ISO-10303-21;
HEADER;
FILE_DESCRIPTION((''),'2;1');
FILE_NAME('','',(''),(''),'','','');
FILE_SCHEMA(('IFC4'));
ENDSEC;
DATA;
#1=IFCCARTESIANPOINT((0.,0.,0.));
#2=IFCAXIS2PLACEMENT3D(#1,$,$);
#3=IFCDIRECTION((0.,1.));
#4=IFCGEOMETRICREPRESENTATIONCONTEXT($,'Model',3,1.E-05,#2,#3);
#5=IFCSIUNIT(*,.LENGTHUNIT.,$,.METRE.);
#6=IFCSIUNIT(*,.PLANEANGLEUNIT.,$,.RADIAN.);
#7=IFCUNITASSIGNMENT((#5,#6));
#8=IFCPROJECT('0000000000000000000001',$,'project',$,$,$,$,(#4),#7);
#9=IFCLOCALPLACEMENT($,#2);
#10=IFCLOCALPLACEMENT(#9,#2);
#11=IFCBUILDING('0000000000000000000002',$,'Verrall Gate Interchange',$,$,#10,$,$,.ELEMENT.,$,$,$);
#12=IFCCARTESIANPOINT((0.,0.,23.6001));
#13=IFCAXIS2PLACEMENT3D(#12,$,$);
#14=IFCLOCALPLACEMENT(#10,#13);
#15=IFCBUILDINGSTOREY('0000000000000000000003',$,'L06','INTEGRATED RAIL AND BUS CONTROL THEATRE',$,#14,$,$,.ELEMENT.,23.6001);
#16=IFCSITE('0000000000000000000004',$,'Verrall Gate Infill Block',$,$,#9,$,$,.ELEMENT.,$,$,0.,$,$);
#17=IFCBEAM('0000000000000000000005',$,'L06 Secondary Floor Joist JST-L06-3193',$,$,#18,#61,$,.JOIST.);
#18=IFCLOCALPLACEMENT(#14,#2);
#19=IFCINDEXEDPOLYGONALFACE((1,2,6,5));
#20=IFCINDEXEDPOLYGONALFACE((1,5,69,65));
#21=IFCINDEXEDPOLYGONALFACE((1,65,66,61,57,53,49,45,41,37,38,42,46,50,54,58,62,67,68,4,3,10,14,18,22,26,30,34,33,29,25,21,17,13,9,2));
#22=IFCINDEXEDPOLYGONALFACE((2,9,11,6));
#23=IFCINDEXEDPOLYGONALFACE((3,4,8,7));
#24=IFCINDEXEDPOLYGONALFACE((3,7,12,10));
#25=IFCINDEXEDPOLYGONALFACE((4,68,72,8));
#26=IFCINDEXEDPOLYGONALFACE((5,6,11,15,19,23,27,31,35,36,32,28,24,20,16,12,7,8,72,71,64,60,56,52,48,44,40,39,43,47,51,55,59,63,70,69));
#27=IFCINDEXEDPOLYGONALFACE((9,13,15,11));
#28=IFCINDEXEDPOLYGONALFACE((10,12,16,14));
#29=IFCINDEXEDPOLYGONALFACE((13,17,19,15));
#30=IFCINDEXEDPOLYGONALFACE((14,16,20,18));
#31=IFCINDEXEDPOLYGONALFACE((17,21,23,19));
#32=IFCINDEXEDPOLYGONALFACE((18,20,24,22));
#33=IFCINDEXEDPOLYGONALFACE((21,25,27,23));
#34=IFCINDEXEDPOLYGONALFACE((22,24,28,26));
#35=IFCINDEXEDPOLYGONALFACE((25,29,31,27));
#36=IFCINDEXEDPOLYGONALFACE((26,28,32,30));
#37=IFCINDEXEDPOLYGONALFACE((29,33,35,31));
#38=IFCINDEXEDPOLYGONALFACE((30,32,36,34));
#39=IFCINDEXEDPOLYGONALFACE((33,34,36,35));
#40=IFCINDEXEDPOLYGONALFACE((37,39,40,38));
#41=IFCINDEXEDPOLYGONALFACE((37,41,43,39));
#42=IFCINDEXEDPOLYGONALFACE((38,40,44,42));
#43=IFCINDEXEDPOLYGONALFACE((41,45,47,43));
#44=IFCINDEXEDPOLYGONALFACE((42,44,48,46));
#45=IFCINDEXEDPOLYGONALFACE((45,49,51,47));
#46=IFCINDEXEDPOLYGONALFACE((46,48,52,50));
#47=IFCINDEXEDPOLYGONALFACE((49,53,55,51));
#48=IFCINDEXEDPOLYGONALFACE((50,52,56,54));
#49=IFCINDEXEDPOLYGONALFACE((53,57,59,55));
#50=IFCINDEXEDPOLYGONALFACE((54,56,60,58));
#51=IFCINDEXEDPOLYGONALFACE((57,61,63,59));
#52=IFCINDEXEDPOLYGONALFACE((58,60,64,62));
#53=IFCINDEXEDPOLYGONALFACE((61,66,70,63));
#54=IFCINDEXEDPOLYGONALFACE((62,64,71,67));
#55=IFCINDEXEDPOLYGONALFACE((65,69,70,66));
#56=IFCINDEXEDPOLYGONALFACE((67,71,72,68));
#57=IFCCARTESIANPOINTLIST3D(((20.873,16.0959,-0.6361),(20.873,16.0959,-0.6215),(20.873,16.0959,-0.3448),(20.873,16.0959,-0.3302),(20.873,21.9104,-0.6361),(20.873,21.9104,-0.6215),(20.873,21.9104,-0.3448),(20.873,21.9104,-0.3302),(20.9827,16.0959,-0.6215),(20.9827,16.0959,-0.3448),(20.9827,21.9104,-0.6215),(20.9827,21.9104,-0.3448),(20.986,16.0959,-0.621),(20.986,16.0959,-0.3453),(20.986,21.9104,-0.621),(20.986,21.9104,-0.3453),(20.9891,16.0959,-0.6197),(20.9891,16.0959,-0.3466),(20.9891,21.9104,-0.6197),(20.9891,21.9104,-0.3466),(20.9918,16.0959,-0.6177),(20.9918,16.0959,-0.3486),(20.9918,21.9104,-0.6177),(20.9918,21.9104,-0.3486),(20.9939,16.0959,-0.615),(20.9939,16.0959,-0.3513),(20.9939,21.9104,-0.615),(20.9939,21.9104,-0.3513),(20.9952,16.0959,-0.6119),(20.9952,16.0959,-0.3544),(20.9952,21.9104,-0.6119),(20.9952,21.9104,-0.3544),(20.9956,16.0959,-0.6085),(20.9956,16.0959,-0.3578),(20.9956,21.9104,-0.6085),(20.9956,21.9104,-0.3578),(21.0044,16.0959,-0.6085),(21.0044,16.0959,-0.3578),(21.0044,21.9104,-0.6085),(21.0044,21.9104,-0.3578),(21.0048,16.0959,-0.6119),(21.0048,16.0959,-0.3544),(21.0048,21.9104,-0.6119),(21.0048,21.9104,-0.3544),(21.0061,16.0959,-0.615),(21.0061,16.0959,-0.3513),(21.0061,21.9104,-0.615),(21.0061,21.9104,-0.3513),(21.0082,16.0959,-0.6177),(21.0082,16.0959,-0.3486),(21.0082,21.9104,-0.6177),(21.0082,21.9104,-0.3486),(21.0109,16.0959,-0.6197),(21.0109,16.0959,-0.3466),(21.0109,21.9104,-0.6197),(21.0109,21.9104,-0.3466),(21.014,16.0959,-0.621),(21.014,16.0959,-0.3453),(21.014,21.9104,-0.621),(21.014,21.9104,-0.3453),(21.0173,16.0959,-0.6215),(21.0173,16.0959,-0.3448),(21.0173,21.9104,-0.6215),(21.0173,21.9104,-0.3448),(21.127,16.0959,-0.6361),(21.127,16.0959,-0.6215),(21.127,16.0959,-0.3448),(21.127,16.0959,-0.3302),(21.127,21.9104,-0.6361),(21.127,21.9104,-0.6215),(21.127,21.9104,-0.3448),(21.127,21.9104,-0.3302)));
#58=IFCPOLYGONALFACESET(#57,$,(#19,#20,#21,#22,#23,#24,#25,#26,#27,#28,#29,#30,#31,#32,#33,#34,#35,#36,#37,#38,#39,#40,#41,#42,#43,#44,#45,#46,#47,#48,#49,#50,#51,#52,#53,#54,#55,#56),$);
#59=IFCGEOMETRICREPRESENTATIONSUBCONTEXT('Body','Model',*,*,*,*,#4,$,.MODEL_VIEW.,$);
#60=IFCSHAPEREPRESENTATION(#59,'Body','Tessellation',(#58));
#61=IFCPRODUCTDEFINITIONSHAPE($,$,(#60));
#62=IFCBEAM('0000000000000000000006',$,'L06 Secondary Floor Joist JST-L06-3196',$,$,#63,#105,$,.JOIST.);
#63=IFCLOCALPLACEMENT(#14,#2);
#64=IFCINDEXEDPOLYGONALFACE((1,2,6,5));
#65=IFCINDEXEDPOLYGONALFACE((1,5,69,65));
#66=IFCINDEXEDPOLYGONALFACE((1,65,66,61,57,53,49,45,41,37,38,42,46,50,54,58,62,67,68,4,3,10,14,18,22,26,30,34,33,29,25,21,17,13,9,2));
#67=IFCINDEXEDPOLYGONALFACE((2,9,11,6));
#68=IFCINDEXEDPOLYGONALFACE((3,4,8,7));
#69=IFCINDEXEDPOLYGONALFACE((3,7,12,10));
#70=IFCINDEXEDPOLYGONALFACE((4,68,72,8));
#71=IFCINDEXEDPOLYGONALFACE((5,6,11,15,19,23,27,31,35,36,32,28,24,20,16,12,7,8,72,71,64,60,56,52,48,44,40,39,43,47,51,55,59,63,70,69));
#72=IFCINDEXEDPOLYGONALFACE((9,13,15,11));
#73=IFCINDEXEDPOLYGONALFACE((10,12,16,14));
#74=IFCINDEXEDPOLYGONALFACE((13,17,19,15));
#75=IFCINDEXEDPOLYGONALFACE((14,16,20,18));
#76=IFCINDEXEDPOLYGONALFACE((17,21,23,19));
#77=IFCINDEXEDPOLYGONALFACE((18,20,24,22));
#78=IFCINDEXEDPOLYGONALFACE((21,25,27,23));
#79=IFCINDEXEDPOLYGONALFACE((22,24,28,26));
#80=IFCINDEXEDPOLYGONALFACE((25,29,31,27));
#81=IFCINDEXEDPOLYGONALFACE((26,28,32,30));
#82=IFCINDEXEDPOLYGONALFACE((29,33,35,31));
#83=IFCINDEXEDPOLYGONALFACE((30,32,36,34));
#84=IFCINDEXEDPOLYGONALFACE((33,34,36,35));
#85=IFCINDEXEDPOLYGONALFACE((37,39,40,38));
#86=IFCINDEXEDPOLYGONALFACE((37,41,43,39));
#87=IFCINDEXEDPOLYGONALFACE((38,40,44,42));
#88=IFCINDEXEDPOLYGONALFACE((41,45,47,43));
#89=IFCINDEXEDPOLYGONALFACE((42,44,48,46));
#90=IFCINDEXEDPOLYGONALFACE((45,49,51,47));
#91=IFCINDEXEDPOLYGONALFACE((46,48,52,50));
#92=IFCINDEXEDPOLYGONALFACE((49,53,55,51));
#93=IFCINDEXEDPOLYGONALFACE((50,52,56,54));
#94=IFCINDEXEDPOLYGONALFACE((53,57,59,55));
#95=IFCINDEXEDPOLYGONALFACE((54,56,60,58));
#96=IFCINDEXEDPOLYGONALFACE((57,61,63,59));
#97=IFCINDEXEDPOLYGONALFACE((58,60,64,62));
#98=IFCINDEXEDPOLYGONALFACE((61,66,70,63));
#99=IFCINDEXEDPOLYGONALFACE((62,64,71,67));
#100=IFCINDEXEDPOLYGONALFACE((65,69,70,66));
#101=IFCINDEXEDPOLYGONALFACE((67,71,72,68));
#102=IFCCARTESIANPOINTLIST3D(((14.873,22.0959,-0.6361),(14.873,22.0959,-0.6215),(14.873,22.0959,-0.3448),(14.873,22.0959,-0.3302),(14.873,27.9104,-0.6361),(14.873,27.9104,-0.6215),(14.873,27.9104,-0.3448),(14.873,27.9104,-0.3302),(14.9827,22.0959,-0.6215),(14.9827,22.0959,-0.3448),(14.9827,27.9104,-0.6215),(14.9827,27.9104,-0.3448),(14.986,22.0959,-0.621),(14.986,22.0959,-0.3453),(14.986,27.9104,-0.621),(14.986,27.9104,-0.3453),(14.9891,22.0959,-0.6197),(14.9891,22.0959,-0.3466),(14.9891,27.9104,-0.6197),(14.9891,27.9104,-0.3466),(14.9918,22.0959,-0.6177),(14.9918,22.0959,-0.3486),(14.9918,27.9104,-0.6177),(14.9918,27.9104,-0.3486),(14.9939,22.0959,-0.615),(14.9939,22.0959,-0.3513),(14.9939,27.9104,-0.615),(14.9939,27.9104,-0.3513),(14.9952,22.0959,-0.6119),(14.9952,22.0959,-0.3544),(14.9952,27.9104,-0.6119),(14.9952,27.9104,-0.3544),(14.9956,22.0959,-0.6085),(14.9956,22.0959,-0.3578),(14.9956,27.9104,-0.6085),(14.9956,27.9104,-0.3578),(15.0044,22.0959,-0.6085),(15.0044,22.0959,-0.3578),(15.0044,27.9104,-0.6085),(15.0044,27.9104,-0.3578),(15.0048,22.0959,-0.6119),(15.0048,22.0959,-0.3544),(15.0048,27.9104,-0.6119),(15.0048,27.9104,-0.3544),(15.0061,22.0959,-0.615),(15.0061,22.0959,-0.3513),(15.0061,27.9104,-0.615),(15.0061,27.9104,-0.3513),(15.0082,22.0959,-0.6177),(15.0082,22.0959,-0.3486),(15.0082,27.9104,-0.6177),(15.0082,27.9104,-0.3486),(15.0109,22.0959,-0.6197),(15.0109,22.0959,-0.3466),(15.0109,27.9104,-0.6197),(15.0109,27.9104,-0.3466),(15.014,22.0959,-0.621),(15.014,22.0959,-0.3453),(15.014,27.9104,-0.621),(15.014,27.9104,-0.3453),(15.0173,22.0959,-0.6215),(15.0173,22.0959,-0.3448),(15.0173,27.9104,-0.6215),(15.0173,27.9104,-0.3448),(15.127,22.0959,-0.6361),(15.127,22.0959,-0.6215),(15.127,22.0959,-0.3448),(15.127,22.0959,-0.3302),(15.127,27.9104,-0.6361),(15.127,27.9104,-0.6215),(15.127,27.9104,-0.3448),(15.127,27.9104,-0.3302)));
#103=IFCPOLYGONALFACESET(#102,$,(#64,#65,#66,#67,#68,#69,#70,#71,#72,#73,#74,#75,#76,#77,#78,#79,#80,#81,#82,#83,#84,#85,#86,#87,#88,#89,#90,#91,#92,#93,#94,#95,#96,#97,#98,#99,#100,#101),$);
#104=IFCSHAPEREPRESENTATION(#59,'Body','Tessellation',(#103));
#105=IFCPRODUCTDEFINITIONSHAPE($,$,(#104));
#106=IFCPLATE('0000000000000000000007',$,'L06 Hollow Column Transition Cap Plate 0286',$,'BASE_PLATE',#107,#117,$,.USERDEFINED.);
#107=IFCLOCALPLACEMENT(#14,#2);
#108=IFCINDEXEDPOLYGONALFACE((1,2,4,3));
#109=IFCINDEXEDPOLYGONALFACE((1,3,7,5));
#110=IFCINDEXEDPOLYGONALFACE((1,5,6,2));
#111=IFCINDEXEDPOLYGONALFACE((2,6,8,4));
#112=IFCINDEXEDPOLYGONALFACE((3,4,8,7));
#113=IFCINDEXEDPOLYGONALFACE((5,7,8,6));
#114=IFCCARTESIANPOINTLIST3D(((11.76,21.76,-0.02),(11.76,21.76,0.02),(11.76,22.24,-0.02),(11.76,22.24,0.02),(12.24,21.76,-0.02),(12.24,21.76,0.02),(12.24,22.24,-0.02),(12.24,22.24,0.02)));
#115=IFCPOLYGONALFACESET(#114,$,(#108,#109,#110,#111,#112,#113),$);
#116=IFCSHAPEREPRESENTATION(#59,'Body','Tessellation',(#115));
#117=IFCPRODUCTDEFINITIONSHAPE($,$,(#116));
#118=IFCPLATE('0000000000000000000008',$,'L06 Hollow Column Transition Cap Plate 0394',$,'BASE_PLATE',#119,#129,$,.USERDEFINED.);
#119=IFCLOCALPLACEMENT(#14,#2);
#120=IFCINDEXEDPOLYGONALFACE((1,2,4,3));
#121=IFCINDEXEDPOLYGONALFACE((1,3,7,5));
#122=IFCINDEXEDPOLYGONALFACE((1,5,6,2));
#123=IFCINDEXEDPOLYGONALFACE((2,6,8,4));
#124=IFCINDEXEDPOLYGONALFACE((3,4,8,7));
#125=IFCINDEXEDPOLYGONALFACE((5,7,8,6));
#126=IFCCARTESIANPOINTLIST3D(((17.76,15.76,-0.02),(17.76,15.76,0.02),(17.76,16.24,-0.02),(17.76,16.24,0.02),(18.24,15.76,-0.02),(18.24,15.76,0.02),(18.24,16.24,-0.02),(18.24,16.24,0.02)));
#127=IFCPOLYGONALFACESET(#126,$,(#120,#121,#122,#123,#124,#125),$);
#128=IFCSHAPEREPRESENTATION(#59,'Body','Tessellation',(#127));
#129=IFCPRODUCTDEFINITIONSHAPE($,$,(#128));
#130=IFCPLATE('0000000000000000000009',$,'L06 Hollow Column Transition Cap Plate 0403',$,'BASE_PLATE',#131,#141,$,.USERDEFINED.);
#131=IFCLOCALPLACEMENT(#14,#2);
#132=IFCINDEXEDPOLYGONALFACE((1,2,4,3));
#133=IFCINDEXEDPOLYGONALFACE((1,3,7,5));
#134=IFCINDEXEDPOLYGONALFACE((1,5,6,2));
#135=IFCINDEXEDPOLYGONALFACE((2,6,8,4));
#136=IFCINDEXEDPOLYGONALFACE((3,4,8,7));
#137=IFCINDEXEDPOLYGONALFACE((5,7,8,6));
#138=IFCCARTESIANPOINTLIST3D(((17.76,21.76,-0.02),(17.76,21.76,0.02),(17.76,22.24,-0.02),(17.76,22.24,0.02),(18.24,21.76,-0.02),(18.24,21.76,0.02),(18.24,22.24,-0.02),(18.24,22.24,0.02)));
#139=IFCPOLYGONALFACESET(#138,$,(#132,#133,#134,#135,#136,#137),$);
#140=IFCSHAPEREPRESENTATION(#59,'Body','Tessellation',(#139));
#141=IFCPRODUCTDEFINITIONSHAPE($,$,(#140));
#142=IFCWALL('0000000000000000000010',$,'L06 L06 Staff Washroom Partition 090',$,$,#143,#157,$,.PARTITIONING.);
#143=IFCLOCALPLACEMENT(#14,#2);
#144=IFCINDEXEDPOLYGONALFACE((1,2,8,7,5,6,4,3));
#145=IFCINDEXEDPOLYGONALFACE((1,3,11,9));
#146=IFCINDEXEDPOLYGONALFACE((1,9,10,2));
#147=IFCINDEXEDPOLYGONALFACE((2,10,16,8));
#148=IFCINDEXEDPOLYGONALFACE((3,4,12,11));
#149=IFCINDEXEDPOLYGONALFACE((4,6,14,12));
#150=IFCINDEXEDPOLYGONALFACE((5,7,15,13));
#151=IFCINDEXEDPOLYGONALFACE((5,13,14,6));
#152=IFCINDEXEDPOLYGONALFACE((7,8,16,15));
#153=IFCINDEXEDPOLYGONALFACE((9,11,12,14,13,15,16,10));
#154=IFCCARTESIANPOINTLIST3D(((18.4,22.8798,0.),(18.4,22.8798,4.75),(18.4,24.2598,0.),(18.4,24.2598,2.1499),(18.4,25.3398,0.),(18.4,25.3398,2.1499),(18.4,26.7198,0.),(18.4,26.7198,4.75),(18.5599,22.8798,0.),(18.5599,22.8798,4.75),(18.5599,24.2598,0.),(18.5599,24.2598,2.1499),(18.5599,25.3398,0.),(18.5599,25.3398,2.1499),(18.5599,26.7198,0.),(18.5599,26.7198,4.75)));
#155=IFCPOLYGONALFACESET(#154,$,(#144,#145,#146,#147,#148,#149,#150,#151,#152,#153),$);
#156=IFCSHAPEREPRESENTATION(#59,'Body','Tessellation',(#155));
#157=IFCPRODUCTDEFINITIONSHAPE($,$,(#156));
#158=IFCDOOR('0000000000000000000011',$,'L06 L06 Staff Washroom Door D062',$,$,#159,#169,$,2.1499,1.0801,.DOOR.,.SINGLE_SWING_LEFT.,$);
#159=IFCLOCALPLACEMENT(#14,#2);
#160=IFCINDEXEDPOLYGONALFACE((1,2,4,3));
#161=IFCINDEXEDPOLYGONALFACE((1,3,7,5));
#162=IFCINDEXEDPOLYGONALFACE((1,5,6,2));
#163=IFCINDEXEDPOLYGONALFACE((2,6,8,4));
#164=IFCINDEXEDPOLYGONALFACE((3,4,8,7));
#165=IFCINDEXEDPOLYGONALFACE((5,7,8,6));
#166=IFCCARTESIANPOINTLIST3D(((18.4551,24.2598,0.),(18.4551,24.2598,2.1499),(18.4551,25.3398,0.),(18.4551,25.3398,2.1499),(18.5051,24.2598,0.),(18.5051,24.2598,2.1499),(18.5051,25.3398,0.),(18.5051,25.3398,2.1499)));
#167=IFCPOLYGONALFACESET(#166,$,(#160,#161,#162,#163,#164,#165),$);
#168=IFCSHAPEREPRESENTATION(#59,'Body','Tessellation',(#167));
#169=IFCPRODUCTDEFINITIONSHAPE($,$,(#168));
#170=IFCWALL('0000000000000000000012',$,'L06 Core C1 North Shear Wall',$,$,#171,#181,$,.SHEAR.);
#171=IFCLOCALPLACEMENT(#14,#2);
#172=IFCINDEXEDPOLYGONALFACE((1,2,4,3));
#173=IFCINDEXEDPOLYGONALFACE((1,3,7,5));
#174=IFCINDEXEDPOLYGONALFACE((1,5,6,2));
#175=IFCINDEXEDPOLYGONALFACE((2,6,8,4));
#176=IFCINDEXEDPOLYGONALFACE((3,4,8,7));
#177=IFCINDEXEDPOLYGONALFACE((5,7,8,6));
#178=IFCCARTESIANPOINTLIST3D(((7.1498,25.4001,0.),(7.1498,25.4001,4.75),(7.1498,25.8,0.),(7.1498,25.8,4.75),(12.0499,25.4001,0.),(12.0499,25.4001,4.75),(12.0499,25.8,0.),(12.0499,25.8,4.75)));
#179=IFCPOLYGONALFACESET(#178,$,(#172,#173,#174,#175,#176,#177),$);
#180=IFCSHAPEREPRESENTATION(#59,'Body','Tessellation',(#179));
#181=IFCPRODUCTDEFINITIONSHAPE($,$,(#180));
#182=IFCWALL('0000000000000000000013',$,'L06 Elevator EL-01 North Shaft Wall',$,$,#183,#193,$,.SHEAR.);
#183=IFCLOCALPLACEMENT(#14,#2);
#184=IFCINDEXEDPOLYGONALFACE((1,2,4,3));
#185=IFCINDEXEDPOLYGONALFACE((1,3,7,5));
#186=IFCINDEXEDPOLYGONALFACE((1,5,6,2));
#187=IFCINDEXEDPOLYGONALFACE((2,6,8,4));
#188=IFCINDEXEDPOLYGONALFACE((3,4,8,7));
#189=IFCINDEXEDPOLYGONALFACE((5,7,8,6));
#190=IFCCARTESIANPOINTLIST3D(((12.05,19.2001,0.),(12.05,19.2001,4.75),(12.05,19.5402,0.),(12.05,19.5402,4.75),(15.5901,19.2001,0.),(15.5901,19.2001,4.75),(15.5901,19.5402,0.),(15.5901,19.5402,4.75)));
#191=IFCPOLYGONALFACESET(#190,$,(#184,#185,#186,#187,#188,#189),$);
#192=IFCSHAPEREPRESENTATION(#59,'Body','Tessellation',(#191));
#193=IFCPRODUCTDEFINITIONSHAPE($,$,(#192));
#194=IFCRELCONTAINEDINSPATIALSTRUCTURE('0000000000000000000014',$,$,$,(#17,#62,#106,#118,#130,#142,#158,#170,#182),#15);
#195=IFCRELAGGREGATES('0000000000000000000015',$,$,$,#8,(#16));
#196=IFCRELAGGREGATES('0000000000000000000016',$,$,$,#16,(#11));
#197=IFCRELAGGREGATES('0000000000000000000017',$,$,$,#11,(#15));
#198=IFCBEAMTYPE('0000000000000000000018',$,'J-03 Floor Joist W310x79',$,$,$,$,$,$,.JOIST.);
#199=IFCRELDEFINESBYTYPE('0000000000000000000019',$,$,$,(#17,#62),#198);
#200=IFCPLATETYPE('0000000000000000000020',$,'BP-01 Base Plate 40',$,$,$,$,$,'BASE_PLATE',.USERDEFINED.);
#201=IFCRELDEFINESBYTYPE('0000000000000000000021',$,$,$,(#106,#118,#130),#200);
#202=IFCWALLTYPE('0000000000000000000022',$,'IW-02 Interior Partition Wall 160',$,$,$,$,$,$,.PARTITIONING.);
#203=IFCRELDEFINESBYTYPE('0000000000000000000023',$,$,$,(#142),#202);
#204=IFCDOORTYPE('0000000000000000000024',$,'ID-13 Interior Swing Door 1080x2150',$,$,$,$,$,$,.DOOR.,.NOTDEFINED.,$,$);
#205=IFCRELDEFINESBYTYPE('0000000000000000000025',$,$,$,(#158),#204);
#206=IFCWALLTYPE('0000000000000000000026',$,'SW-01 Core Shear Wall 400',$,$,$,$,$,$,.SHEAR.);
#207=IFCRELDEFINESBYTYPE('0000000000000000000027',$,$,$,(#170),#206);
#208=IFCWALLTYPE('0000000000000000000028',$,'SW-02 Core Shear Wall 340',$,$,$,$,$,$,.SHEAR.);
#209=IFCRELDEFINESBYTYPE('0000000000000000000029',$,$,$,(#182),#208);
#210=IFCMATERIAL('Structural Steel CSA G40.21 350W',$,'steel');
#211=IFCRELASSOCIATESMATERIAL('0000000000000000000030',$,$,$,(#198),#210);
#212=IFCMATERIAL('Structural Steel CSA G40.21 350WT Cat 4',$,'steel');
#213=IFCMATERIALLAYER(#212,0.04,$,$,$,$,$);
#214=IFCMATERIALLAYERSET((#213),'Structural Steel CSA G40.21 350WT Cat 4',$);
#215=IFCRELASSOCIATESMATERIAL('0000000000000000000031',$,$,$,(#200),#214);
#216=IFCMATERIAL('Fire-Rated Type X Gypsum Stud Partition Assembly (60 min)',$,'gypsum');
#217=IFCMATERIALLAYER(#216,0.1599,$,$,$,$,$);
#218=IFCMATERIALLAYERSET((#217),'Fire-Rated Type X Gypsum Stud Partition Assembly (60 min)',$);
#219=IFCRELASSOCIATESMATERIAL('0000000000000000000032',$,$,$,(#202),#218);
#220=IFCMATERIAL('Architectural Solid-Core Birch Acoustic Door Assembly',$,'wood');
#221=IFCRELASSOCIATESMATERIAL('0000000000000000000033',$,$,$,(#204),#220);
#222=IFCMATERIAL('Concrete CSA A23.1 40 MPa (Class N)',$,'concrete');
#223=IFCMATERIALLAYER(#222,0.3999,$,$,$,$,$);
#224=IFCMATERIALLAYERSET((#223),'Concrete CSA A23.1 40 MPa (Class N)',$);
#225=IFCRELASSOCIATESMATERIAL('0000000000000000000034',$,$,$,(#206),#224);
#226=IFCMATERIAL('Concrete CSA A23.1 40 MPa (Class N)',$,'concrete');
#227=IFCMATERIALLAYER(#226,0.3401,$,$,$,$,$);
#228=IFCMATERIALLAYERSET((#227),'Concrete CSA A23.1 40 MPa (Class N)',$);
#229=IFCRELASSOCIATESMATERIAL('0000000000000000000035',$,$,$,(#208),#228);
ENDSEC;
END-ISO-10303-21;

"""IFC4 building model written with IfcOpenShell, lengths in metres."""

from ifc_helpers import new_model, si_unit, direction, frame, frame_2d, origin, origin_2d, place, context, subcontext, project, spatial, rectangle, i_section, extrude, material, layer, layer_set, material_profile, profile_set, type_object, element, fill, save


model = new_model("IFC4")

# Units and contexts
model_context = context("Model", 3, precision=1e-05, world=origin(), true_north=direction((0.0, 1.0)))
body_context = subcontext(model_context, "Body", "Model", "MODEL_VIEW")
ifc_project = project(units=[si_unit("LENGTHUNIT", "METRE"), si_unit("PLANEANGLEUNIT", "RADIAN")], contexts=[model_context])

# Site, building, storey
site_placement = place(None, origin())
site = spatial("IfcSite", under=ifc_project, at=site_placement, Name="Verrall Gate Infill Block", CompositionType="ELEMENT", RefElevation=0.0)
building_placement = place(site_placement, origin())
building = spatial("IfcBuilding", under=site, at=building_placement, Name="Verrall Gate Interchange", CompositionType="ELEMENT")
storey_placement = place(building_placement, frame((0.0, 0.0, 23.6001)))
storey = spatial("IfcBuildingStorey", under=building, at=storey_placement, Name="L06", Description="INTEGRATED RAIL AND BUS CONTROL THEATRE", CompositionType="ELEMENT", Elevation=23.6001)

# Beams
ifc_material_1 = material(Name="Structural Steel CSA G40.21 350W", Category="steel")
ifc_material_profile_1 = material_profile(ifc_material_1, i_section(OverallWidth=0.2539, OverallDepth=0.3059, WebThickness=0.0088, FlangeThickness=0.0146, FilletRadius=0.0129, at=origin_2d()), Name="W310x79")
ifc_profile_set_1 = profile_set([ifc_material_profile_1], Name="Structural Steel CSA G40.21 350W")
beam_type_1 = type_object("IfcBeamType", Name="J-03 Floor Joist W310x79", PredefinedType="JOIST", material=ifc_profile_set_1)
for number, where, z_axis, x_axis, name in (
    (1, (21.0, 16.0959, -0.4832), (0.0, 1.0, 0.0), (-1.0, 0.0, 0.0), "L06 Secondary Floor Joist JST-L06-3193"),
    (2, (15.0, 22.0959, -0.4832), (0.0, 1.0, 0.0), (-1.0, 0.0, 0.0), "L06 Secondary Floor Joist JST-L06-3196"),
):
    element("IfcBeam", number, at=place(storey_placement, frame(where, z_axis=z_axis, x_axis=x_axis)), inside=storey, type_object=beam_type_1, Name=name, PredefinedType="JOIST", context=body_context, shape_type="SweptSolid", body=[
        extrude(i_section(OverallWidth=0.2539, OverallDepth=0.3059, WebThickness=0.0088, FlangeThickness=0.0146, FilletRadius=0.0129, at=origin_2d()), origin(), (0.0, 0.0, 1.0), 5.8145),
    ])

# Plates
ifc_material_2 = material(Name="Structural Steel CSA G40.21 350WT Cat 4", Category="steel")
ifc_layer_1 = layer(ifc_material_2, 0.04)
ifc_layer_set_1 = layer_set([ifc_layer_1], Name="Structural Steel CSA G40.21 350WT Cat 4")
plate_type = type_object("IfcPlateType", Name="BP-01 Base Plate 40", ElementType="BASE_PLATE", PredefinedType="USERDEFINED", material=ifc_layer_set_1)
for number, where, z_axis, x_axis, name in (
    (3, (12.0, 22.0, -0.02), (0.0, 0.0, 1.0), (1.0, 0.0, 0.0), "L06 Hollow Column Transition Cap Plate 0286"),
    (4, (18.0, 16.0, -0.02), (0.0, 0.0, 1.0), (1.0, 0.0, 0.0), "L06 Hollow Column Transition Cap Plate 0394"),
    (5, (18.0, 22.0, -0.02), (0.0, 0.0, 1.0), (1.0, 0.0, 0.0), "L06 Hollow Column Transition Cap Plate 0403"),
):
    element("IfcPlate", number, at=place(storey_placement, frame(where, z_axis=z_axis, x_axis=x_axis)), inside=storey, type_object=plate_type, Name=name, ObjectType="BASE_PLATE", PredefinedType="USERDEFINED", context=body_context, shape_type="SweptSolid", body=[
        extrude(rectangle(XDim=0.48, YDim=0.48, at=origin_2d()), origin(), (0.0, 0.0, 1.0), 0.04),
    ])

# Wall, opening, door
ifc_material_3 = material(Name="Fire-Rated Type X Gypsum Stud Partition Assembly (60 min)", Category="gypsum")
ifc_layer_2 = layer(ifc_material_3, 0.1599)
ifc_layer_set_2 = layer_set([ifc_layer_2], Name="Fire-Rated Type X Gypsum Stud Partition Assembly (60 min)")
wall_type_1 = type_object("IfcWallType", Name="IW-02 Interior Partition Wall 160", PredefinedType="PARTITIONING", material=ifc_layer_set_2)
wall_1_placement = place(storey_placement, frame((18.48, 22.8799, 0.0), z_axis=(0.0, 0.0, 1.0), x_axis=(0.0, 1.0, 0.0)))
wall_1 = element("IfcWall", 6, at=wall_1_placement, inside=storey, type_object=wall_type_1, Name="L06 L06 Staff Washroom Partition 090", PredefinedType="PARTITIONING", context=body_context, shape_type="SweptSolid", body=[
    extrude(rectangle(XDim=3.8401, YDim=0.1599, at=frame_2d((1.9199, 0.0))), origin(), (0.0, 0.0, 1.0), 4.75),
])
opening_placement = place(wall_1_placement, frame((1.3799, 0.0, 0.0)))
opening = element("IfcOpeningElement", 7, at=opening_placement, cuts=wall_1, PredefinedType="OPENING", context=body_context, shape_type="SweptSolid", body=[
    extrude(rectangle(XDim=1.0801, YDim=2.1499, at=frame_2d((0.54, 1.075))), frame((0.0, 0.0947, 0.0), z_axis=(0.0, -1.0, 0.0), x_axis=(1.0, 0.0, 0.0)), (0.0, 0.0, 1.0), 0.1897),
])
ifc_material_4 = material(Name="Architectural Solid-Core Birch Acoustic Door Assembly", Category="wood")
door_type = type_object("IfcDoorType", Name="ID-13 Interior Swing Door 1080x2150", OperationType="NOTDEFINED", PredefinedType="DOOR", material=ifc_material_4)
door_placement = place(opening_placement, origin())
door = element("IfcDoor", 8, at=door_placement, inside=storey, type_object=door_type, Name="L06 L06 Staff Washroom Door D062", OperationType="SINGLE_SWING_LEFT", OverallHeight=2.1499, OverallWidth=1.0801, PredefinedType="DOOR", context=body_context, shape_type="SweptSolid", body=[
    extrude(rectangle(XDim=1.0801, YDim=2.1499, at=frame_2d((0.54, 1.075))), frame((0.0, 0.0249, 0.0), z_axis=(0.0, -1.0, 0.0), x_axis=(1.0, 0.0, 0.0)), (0.0, 0.0, 1.0), 0.05),
])
fill(opening, door)

# Walls
ifc_material_5 = material(Name="Concrete CSA A23.1 40 MPa (Class N)", Category="concrete")
ifc_layer_3 = layer(ifc_material_5, 0.3999)
ifc_layer_set_3 = layer_set([ifc_layer_3], Name="Concrete CSA A23.1 40 MPa (Class N)")
wall_type_2 = type_object("IfcWallType", Name="SW-01 Core Shear Wall 400", PredefinedType="SHEAR", material=ifc_layer_set_3)
wall_2_placement = place(storey_placement, frame((12.05, 25.6001, 0.0), z_axis=(0.0, 0.0, 1.0), x_axis=(-1.0, 0.0, 0.0)))
element("IfcWall", 9, at=wall_2_placement, inside=storey, type_object=wall_type_2, Name="L06 Core C1 North Shear Wall", PredefinedType="SHEAR", context=body_context, shape_type="SweptSolid", body=[
    extrude(rectangle(XDim=4.9001, YDim=0.3999, at=frame_2d((2.4502, 0.0))), origin(), (0.0, 0.0, 1.0), 4.75),
])
ifc_material_6 = material(Name="Concrete CSA A23.1 40 MPa (Class N)", Category="concrete")
ifc_layer_4 = layer(ifc_material_6, 0.3401)
ifc_layer_set_4 = layer_set([ifc_layer_4], Name="Concrete CSA A23.1 40 MPa (Class N)")
wall_type_3 = type_object("IfcWallType", Name="SW-02 Core Shear Wall 340", PredefinedType="SHEAR", material=ifc_layer_set_4)
wall_3_placement = place(storey_placement, frame((15.5901, 19.3701, 0.0), z_axis=(0.0, 0.0, 1.0), x_axis=(-1.0, 0.0, 0.0)))
element("IfcWall", 10, at=wall_3_placement, inside=storey, type_object=wall_type_3, Name="L06 Elevator EL-01 North Shaft Wall", PredefinedType="SHEAR", context=body_context, shape_type="SweptSolid", body=[
    extrude(rectangle(XDim=3.54, YDim=0.3401, at=frame_2d((1.77, 0.0))), origin(), (0.0, 0.0, 1.0), 4.75),
])

save(model, "model.ifc")
